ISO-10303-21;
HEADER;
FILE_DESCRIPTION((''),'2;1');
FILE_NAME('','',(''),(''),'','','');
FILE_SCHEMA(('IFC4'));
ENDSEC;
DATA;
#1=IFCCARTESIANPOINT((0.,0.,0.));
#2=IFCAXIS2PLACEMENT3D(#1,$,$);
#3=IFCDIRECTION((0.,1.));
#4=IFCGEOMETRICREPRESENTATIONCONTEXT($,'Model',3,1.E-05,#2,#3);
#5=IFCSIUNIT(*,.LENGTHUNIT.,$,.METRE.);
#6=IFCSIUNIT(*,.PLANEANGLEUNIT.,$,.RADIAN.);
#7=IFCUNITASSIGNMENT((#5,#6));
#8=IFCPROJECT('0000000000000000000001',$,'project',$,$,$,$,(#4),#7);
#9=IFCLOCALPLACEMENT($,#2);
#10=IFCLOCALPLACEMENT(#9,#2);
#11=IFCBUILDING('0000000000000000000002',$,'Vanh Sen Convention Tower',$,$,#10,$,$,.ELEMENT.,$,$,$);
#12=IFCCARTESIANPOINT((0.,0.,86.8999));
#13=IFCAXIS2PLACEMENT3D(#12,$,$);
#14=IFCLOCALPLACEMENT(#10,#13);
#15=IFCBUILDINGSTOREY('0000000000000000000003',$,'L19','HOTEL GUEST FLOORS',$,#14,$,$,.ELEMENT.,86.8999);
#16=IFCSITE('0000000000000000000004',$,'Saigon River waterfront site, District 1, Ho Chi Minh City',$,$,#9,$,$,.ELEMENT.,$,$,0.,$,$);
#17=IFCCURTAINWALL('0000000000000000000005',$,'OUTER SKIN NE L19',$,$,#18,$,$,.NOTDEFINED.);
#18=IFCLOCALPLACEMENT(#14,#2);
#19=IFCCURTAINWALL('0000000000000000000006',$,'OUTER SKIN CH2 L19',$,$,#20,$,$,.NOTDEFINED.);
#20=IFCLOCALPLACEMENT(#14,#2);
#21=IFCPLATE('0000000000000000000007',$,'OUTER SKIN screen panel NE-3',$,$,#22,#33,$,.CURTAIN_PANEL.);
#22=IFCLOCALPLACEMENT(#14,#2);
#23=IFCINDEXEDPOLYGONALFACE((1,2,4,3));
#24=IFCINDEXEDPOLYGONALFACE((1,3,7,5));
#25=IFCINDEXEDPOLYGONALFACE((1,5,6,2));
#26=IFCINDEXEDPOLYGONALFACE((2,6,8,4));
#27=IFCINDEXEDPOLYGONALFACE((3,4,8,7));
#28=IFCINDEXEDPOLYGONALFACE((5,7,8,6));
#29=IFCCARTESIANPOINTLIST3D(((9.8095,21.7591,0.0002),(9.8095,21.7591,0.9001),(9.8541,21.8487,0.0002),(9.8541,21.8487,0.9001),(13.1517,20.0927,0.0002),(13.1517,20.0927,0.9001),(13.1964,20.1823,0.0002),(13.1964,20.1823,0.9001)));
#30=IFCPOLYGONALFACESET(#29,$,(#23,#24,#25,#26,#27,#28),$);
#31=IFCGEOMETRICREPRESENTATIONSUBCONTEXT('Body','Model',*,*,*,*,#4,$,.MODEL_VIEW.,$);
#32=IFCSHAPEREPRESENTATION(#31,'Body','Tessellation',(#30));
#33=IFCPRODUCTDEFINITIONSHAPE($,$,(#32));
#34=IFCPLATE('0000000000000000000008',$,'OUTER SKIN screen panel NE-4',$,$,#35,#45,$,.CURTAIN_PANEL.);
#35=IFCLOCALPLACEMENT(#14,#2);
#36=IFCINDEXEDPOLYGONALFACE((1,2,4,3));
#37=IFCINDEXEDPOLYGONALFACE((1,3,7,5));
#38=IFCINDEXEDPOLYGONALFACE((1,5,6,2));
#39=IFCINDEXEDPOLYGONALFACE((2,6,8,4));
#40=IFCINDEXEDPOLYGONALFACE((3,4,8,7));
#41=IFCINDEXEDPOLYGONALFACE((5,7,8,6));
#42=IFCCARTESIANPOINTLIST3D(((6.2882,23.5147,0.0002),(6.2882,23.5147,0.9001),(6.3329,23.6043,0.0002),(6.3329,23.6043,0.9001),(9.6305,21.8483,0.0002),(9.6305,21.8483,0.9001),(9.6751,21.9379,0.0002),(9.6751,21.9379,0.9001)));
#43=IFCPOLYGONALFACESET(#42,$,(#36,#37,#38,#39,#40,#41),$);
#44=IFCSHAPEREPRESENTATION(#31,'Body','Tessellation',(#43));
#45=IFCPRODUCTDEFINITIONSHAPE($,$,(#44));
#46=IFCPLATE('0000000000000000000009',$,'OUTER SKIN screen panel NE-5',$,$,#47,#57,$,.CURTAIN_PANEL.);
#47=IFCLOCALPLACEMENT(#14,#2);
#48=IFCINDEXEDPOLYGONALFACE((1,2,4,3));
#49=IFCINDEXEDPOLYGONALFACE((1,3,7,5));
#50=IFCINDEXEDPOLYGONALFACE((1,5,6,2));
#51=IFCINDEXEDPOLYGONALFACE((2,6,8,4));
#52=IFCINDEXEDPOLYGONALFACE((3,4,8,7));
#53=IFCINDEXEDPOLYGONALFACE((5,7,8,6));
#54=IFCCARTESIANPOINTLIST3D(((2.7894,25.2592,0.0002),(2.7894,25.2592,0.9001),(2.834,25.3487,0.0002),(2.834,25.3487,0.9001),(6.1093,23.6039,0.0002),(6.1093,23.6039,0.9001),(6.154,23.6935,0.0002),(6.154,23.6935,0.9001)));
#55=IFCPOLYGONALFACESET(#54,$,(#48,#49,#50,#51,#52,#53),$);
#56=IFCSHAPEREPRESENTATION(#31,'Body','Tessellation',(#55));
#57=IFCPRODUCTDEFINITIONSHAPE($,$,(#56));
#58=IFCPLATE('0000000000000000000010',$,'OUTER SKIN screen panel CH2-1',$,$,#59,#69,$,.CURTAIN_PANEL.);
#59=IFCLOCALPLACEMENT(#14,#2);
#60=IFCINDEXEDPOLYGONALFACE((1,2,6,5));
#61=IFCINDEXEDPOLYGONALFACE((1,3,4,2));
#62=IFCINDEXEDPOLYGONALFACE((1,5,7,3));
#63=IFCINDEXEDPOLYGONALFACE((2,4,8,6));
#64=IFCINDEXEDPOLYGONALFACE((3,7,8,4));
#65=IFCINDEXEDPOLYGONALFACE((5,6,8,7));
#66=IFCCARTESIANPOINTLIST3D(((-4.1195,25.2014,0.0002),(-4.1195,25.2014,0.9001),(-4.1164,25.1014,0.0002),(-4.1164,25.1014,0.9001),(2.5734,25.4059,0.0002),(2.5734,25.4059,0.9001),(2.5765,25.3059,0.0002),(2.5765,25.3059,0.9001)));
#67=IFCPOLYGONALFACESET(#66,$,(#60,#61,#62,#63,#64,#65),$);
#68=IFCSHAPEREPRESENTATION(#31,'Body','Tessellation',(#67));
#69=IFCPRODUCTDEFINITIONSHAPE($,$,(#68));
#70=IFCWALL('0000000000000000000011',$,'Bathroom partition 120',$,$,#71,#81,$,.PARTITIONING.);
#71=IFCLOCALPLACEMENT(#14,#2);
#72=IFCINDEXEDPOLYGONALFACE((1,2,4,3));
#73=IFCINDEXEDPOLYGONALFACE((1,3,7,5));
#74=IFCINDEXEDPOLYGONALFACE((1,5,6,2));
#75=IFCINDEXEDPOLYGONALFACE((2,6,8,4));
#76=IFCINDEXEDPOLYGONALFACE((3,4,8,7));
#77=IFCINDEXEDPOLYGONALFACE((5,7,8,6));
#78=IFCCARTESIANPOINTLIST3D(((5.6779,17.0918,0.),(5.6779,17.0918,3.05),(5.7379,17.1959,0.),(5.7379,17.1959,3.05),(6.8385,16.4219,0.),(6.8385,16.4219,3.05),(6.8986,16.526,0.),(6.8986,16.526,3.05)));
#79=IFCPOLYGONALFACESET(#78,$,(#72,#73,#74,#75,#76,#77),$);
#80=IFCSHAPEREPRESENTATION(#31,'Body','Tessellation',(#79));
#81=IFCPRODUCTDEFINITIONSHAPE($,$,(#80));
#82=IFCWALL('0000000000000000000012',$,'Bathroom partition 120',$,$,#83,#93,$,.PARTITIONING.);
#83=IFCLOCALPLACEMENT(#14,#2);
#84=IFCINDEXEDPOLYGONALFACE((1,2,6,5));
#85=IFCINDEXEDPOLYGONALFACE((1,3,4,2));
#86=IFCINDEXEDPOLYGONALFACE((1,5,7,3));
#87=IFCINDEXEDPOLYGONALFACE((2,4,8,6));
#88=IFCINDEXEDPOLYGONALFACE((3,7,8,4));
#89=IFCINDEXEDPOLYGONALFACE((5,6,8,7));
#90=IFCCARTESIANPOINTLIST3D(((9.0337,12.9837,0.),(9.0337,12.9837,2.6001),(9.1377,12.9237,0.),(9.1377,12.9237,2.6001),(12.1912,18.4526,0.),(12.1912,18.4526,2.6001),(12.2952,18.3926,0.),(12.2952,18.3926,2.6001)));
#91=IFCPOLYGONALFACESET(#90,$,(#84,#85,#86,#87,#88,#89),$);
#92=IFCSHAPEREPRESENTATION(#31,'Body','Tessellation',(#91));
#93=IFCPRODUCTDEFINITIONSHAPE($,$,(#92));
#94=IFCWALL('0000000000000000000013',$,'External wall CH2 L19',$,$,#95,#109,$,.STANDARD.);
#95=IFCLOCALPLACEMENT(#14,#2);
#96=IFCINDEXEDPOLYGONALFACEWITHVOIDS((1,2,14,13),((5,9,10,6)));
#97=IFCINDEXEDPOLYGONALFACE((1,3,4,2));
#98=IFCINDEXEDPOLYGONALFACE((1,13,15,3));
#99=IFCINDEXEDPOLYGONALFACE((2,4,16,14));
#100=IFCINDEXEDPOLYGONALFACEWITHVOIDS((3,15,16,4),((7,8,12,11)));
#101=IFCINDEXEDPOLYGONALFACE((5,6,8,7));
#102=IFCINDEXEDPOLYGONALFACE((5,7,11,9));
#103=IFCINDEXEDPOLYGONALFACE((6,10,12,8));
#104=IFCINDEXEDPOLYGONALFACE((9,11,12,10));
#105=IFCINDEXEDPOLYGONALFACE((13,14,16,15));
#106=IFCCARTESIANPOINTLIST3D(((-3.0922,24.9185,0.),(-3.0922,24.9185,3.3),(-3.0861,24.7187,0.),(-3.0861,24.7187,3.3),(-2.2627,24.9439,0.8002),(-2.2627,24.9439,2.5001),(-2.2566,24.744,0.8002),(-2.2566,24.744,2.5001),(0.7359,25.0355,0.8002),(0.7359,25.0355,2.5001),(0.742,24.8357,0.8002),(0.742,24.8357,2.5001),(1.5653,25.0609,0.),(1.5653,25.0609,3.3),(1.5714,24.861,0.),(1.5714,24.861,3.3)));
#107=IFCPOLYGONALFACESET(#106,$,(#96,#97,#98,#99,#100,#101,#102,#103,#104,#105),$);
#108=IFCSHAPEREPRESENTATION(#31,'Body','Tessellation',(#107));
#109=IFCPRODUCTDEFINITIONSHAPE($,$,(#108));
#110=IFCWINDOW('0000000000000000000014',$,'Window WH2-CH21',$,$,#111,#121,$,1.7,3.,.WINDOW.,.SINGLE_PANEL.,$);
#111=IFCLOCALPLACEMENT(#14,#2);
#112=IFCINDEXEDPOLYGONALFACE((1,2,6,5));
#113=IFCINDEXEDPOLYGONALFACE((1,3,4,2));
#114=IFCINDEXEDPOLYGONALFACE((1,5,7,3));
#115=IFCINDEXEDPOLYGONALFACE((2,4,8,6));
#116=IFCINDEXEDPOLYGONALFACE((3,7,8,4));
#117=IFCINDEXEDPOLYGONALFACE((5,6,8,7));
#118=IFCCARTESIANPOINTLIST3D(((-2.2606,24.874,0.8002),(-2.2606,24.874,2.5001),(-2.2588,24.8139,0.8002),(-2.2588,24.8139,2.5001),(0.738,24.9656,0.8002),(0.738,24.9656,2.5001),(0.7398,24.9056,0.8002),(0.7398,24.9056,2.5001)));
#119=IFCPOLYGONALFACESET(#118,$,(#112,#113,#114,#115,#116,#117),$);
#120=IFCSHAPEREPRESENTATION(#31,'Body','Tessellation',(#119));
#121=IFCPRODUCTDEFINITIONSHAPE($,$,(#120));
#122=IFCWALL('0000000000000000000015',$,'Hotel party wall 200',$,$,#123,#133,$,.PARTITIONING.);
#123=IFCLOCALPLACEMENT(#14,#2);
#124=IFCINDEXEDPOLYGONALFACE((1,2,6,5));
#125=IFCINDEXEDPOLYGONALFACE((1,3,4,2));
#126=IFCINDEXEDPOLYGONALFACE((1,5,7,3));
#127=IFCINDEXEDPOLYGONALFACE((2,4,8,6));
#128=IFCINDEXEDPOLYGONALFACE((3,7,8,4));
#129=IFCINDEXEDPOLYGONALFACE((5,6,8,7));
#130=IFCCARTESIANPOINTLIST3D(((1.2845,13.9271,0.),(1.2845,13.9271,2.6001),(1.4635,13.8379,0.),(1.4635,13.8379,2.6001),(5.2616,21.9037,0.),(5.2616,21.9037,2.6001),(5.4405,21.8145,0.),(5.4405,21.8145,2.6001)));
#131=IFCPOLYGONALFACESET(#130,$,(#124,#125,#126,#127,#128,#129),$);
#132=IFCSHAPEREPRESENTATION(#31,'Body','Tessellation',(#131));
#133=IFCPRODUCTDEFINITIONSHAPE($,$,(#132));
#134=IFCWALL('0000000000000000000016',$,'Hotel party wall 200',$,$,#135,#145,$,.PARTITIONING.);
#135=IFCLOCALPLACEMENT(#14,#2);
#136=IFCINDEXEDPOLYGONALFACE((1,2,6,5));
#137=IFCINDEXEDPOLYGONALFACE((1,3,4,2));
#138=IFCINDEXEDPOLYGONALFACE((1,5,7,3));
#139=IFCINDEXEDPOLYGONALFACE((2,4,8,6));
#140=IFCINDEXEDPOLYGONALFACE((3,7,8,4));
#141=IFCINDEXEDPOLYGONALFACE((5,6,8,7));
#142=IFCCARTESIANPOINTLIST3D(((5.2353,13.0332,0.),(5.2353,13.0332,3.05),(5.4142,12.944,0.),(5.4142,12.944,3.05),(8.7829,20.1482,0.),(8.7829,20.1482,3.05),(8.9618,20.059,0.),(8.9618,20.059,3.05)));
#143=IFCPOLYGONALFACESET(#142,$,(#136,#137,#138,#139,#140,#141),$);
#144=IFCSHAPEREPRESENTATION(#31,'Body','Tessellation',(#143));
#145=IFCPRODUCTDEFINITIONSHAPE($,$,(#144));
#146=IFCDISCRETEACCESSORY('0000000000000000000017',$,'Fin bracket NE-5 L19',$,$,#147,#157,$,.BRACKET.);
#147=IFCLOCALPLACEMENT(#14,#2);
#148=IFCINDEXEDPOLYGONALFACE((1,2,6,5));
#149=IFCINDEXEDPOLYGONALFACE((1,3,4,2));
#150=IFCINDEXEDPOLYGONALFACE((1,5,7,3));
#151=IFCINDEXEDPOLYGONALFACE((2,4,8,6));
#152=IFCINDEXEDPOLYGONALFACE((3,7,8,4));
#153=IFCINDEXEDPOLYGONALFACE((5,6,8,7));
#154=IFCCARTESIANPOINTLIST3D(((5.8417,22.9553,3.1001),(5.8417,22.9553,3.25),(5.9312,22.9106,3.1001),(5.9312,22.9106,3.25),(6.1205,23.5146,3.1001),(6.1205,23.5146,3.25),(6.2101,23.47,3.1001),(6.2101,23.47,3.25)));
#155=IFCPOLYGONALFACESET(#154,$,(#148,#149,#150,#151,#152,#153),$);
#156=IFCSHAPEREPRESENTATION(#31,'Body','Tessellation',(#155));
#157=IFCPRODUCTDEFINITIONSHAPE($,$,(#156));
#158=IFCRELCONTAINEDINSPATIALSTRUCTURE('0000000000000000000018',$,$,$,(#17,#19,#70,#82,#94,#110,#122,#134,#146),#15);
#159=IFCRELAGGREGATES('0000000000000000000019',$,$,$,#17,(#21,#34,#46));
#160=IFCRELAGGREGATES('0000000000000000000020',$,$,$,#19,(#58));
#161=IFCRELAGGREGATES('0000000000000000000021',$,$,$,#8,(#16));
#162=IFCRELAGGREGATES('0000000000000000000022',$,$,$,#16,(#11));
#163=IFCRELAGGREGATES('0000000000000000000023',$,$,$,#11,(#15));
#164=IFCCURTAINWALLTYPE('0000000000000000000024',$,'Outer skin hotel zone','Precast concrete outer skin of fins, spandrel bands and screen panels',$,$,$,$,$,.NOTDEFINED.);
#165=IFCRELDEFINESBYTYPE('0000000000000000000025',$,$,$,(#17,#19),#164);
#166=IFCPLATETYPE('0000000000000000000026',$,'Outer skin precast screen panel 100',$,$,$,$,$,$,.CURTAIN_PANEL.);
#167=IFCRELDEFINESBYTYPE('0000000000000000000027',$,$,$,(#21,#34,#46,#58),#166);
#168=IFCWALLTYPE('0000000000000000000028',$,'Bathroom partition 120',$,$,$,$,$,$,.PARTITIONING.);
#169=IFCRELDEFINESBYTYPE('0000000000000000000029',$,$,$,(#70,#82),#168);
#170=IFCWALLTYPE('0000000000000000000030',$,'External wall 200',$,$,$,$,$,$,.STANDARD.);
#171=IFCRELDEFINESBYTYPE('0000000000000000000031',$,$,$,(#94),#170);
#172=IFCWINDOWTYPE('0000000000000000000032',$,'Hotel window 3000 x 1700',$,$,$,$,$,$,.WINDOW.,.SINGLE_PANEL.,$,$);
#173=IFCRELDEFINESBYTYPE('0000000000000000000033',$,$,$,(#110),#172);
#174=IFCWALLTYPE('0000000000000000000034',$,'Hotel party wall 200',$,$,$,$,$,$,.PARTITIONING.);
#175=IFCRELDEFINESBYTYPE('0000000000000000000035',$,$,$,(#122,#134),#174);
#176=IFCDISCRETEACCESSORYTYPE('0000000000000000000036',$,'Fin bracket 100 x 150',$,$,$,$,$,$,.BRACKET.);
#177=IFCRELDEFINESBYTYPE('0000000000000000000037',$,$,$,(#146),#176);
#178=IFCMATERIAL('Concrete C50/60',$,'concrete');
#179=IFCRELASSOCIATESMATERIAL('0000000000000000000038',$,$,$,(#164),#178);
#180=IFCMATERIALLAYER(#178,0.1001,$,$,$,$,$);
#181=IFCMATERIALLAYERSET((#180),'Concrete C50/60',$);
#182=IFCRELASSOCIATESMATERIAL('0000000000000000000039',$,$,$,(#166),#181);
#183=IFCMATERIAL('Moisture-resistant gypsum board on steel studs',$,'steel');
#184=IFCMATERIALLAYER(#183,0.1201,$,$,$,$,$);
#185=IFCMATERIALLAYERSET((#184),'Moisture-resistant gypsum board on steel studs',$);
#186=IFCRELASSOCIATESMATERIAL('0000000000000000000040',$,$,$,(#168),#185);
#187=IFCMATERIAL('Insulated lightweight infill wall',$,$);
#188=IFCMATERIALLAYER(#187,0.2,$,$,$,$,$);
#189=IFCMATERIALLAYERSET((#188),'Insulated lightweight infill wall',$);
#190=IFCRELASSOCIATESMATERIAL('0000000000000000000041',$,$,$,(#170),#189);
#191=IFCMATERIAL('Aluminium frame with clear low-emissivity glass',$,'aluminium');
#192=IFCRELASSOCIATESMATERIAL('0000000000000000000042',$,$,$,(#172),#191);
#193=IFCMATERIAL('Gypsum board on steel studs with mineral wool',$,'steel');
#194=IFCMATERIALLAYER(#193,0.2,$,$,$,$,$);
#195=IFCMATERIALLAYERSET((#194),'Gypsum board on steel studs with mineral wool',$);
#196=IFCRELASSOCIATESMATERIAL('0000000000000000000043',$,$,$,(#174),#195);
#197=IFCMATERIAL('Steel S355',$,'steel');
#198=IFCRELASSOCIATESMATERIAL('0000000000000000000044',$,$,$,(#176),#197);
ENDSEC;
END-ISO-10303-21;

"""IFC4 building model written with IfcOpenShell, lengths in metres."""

from ifc_helpers import new_model, si_unit, direction, frame, frame_2d, origin, origin_2d, place, context, subcontext, project, spatial, rectangle, extrude, material, layer, layer_set, type_object, element, fill, aggregate, save


model = new_model("IFC4")

# Units and contexts
model_context = context("Model", 3, precision=1e-05, world=origin(), true_north=direction((0.0, 1.0)))
body_context = subcontext(model_context, "Body", "Model", "MODEL_VIEW")
ifc_project = project(units=[si_unit("LENGTHUNIT", "METRE"), si_unit("PLANEANGLEUNIT", "RADIAN")], contexts=[model_context])

# Site, building, storey
site_placement = place(None, origin())
site = spatial("IfcSite", under=ifc_project, at=site_placement, Name="Saigon River waterfront site, District 1, Ho Chi Minh City", CompositionType="ELEMENT", RefElevation=0.0)
building_placement = place(site_placement, origin())
building = spatial("IfcBuilding", under=site, at=building_placement, Name="Vanh Sen Convention Tower", CompositionType="ELEMENT")
storey_placement = place(building_placement, frame((0.0, 0.0, 86.8999)))
storey = spatial("IfcBuildingStorey", under=building, at=storey_placement, Name="L19", Description="HOTEL GUEST FLOORS", CompositionType="ELEMENT", Elevation=86.8999)

# Curtain wall
ifc_material_1 = material(Name="Concrete C50/60", Category="concrete")
curtain_wall_type = type_object("IfcCurtainWallType", Name="Outer skin hotel zone", Description="Precast concrete outer skin of fins, spandrel bands and screen panels", PredefinedType="NOTDEFINED", material=ifc_material_1)
curtain_wall_1_placement = place(storey_placement, origin())
curtain_wall_1 = element("IfcCurtainWall", 1, at=curtain_wall_1_placement, inside=storey, type_object=curtain_wall_type, Name="OUTER SKIN NE L19", PredefinedType="NOTDEFINED")

# Curtain wall
curtain_wall_2_placement = place(storey_placement, origin())
curtain_wall_2 = element("IfcCurtainWall", 2, at=curtain_wall_2_placement, inside=storey, type_object=curtain_wall_type, Name="OUTER SKIN CH2 L19", PredefinedType="NOTDEFINED")

# Plates
ifc_layer_1 = layer(ifc_material_1, 0.1001)
ifc_layer_set_1 = layer_set([ifc_layer_1], Name="Concrete C50/60")
plate_type = type_object("IfcPlateType", Name="Outer skin precast screen panel 100", PredefinedType="CURTAIN_PANEL", material=ifc_layer_set_1)
plate_1_placement = place(storey_placement, frame((11.5029, 20.9707, 0.0002), z_axis=(0.0, 0.0, 1.0), x_axis=(-0.894935, 0.446196, 0.0)))
plate_1 = element("IfcPlate", 3, at=plate_1_placement, type_object=plate_type, Name="OUTER SKIN screen panel NE-3", PredefinedType="CURTAIN_PANEL", context=body_context, shape_type="SweptSolid", body=[
    extrude(rectangle(XDim=3.7346, YDim=0.1001, at=origin_2d()), origin(), (0.0, 0.0, 1.0), 0.8999),
])
plate_2_placement = place(storey_placement, frame((7.9817, 22.7263, 0.0002), z_axis=(0.0, 0.0, 1.0), x_axis=(-0.894935, 0.446196, 0.0)))
plate_2 = element("IfcPlate", 4, at=plate_2_placement, type_object=plate_type, Name="OUTER SKIN screen panel NE-4", PredefinedType="CURTAIN_PANEL", context=body_context, shape_type="SweptSolid", body=[
    extrude(rectangle(XDim=3.7346, YDim=0.1001, at=origin_2d()), origin(), (0.0, 0.0, 1.0), 0.8999),
])
plate_3_placement = place(storey_placement, frame((4.4717, 24.4763, 0.0002), z_axis=(0.0, 0.0, 1.0), x_axis=(-0.894935, 0.446196, 0.0)))
plate_3 = element("IfcPlate", 5, at=plate_3_placement, type_object=plate_type, Name="OUTER SKIN screen panel NE-5", PredefinedType="CURTAIN_PANEL", context=body_context, shape_type="SweptSolid", body=[
    extrude(rectangle(XDim=3.7097, YDim=0.1001, at=origin_2d()), origin(), (0.0, 0.0, 1.0), 0.8999),
])
aggregate(curtain_wall_1, [plate_1, plate_2, plate_3])
plate_4_placement = place(storey_placement, frame((-0.7715, 25.2537, 0.0002), z_axis=(0.0, 0.0, 1.0), x_axis=(-0.999534, -0.030537, 0.0)))
plate_4 = element("IfcPlate", 6, at=plate_4_placement, type_object=plate_type, Name="OUTER SKIN screen panel CH2-1", PredefinedType="CURTAIN_PANEL", context=body_context, shape_type="SweptSolid", body=[
    extrude(rectangle(XDim=6.696, YDim=0.1001, at=origin_2d()), origin(), (0.0, 0.0, 1.0), 0.8999),
])
aggregate(curtain_wall_2, [plate_4])

# Walls
ifc_material_2 = material(Name="Moisture-resistant gypsum board on steel studs", Category="steel")
ifc_layer_2 = layer(ifc_material_2, 0.1201)
ifc_layer_set_2 = layer_set([ifc_layer_2], Name="Moisture-resistant gypsum board on steel studs")
wall_type_1 = type_object("IfcWallType", Name="Bathroom partition 120", PredefinedType="PARTITIONING", material=ifc_layer_set_2)
wall_1_placement = place(storey_placement, frame((5.708, 17.1438, 0.0), z_axis=(0.0, 0.0, 1.0), x_axis=(0.866082, -0.499901, 0.0)))
element("IfcWall", 7, at=wall_1_placement, inside=storey, type_object=wall_type_1, Name="Bathroom partition 120", PredefinedType="PARTITIONING", context=body_context, shape_type="SweptSolid", body=[
    extrude(rectangle(XDim=1.3401, YDim=0.1201, at=frame_2d((0.6699, 0.0))), origin(), (0.0, 0.0, 1.0), 3.05),
])
wall_2_placement = place(storey_placement, frame((12.2432, 18.4226, 0.0), z_axis=(0.0, 0.0, 1.0), x_axis=(-0.499994, -0.866029, 0.0)))
element("IfcWall", 8, at=wall_2_placement, inside=storey, type_object=wall_type_1, Name="Bathroom partition 120", PredefinedType="PARTITIONING", context=body_context, shape_type="SweptSolid", body=[
    extrude(rectangle(XDim=6.3149, YDim=0.1201, at=frame_2d((3.1575, 0.0))), origin(), (0.0, 0.0, 1.0), 2.6001),
])

# Wall, opening, window
ifc_material_3 = material(Name="Insulated lightweight infill wall")
ifc_layer_3 = layer(ifc_material_3, 0.2)
ifc_layer_set_3 = layer_set([ifc_layer_3], Name="Insulated lightweight infill wall")
wall_type_2 = type_object("IfcWallType", Name="External wall 200", PredefinedType="STANDARD", material=ifc_layer_set_3)
wall_3_placement = place(storey_placement, frame((1.5684, 24.9609, 0.0), z_axis=(0.0, 0.0, 1.0), x_axis=(-0.999533, -0.030546, 0.0)))
wall_3 = element("IfcWall", 9, at=wall_3_placement, inside=storey, type_object=wall_type_2, Name="External wall CH2 L19", PredefinedType="STANDARD", context=body_context, shape_type="SweptSolid", body=[
    extrude(rectangle(XDim=4.6597, YDim=0.2, at=frame_2d((2.3298, 0.0))), origin(), (0.0, 0.0, 1.0), 3.3),
])
opening_placement = place(wall_3_placement, frame((0.8298, 0.0, 0.8)))
opening = element("IfcOpeningElement", 10, at=opening_placement, cuts=wall_3, PredefinedType="OPENING", context=body_context, shape_type="SweptSolid", body=[
    extrude(rectangle(XDim=3.0, YDim=1.7, at=frame_2d((1.5, 0.8501))), frame((0.0, 0.1099, 0.0), z_axis=(0.0, -1.0, 0.0), x_axis=(1.0, 0.0, 0.0)), (0.0, 0.0, 1.0), 0.22),
])
ifc_material_4 = material(Name="Aluminium frame with clear low-emissivity glass", Category="aluminium")
window_type = type_object("IfcWindowType", Name="Hotel window 3000 x 1700", PartitioningType="SINGLE_PANEL", PredefinedType="WINDOW", material=ifc_material_4)
window_placement = place(opening_placement, origin())
window = element("IfcWindow", 11, at=window_placement, inside=storey, type_object=window_type, Name="Window WH2-CH21", OverallHeight=1.7, OverallWidth=3.0, PartitioningType="SINGLE_PANEL", PredefinedType="WINDOW", context=body_context, shape_type="SweptSolid", body=[
    extrude(rectangle(XDim=3.0, YDim=1.7, at=frame_2d((1.5, 0.8501))), frame((0.0, 0.03, 0.0), z_axis=(0.0, -1.0, 0.0), x_axis=(1.0, 0.0, 0.0)), (0.0, 0.0, 1.0), 0.0601),
])
fill(opening, window)

# Walls
ifc_material_5 = material(Name="Gypsum board on steel studs with mineral wool", Category="steel")
ifc_layer_4 = layer(ifc_material_5, 0.2)
ifc_layer_set_4 = layer_set([ifc_layer_4], Name="Gypsum board on steel studs with mineral wool")
wall_type_3 = type_object("IfcWallType", Name="Hotel party wall 200", PredefinedType="PARTITIONING", material=ifc_layer_set_4)
wall_4_placement = place(storey_placement, frame((5.3511, 21.8591, 0.0), z_axis=(0.0, 0.0, 1.0), x_axis=(-0.446205, -0.894931, 0.0)))
element("IfcWall", 12, at=wall_4_placement, inside=storey, type_object=wall_type_3, Name="Hotel party wall 200", PredefinedType="PARTITIONING", context=body_context, shape_type="SweptSolid", body=[
    extrude(rectangle(XDim=8.9131, YDim=0.2, at=frame_2d((4.4565, 0.0))), origin(), (0.0, 0.0, 1.0), 2.6001),
])
wall_5_placement = place(storey_placement, frame((8.8723, 20.1035, 0.0), z_axis=(0.0, 0.0, 1.0), x_axis=(-0.446218, -0.894924, 0.0)))
element("IfcWall", 13, at=wall_5_placement, inside=storey, type_object=wall_type_3, Name="Hotel party wall 200", PredefinedType="PARTITIONING", context=body_context, shape_type="SweptSolid", body=[
    extrude(rectangle(XDim=7.9504, YDim=0.2, at=frame_2d((3.9751, 0.0))), origin(), (0.0, 0.0, 1.0), 3.05),
])

# Discrete accessory
ifc_material_6 = material(Name="Steel S355", Category="steel")
discrete_accessory_type = type_object("IfcDiscreteAccessoryType", Name="Fin bracket 100 x 150", PredefinedType="BRACKET", material=ifc_material_6)
discrete_accessory_placement = place(storey_placement, frame((6.0259, 23.2126, 3.1001), z_axis=(0.0, 0.0, 1.0), x_axis=(0.446198, 0.894934, 0.0)))
element("IfcDiscreteAccessory", 14, at=discrete_accessory_placement, inside=storey, type_object=discrete_accessory_type, Name="Fin bracket NE-5 L19", PredefinedType="BRACKET", context=body_context, shape_type="SweptSolid", body=[
    extrude(rectangle(XDim=0.625, YDim=0.1001, at=origin_2d()), origin(), (0.0, 0.0, 1.0), 0.1499),
])

save(model, "model.ifc")
